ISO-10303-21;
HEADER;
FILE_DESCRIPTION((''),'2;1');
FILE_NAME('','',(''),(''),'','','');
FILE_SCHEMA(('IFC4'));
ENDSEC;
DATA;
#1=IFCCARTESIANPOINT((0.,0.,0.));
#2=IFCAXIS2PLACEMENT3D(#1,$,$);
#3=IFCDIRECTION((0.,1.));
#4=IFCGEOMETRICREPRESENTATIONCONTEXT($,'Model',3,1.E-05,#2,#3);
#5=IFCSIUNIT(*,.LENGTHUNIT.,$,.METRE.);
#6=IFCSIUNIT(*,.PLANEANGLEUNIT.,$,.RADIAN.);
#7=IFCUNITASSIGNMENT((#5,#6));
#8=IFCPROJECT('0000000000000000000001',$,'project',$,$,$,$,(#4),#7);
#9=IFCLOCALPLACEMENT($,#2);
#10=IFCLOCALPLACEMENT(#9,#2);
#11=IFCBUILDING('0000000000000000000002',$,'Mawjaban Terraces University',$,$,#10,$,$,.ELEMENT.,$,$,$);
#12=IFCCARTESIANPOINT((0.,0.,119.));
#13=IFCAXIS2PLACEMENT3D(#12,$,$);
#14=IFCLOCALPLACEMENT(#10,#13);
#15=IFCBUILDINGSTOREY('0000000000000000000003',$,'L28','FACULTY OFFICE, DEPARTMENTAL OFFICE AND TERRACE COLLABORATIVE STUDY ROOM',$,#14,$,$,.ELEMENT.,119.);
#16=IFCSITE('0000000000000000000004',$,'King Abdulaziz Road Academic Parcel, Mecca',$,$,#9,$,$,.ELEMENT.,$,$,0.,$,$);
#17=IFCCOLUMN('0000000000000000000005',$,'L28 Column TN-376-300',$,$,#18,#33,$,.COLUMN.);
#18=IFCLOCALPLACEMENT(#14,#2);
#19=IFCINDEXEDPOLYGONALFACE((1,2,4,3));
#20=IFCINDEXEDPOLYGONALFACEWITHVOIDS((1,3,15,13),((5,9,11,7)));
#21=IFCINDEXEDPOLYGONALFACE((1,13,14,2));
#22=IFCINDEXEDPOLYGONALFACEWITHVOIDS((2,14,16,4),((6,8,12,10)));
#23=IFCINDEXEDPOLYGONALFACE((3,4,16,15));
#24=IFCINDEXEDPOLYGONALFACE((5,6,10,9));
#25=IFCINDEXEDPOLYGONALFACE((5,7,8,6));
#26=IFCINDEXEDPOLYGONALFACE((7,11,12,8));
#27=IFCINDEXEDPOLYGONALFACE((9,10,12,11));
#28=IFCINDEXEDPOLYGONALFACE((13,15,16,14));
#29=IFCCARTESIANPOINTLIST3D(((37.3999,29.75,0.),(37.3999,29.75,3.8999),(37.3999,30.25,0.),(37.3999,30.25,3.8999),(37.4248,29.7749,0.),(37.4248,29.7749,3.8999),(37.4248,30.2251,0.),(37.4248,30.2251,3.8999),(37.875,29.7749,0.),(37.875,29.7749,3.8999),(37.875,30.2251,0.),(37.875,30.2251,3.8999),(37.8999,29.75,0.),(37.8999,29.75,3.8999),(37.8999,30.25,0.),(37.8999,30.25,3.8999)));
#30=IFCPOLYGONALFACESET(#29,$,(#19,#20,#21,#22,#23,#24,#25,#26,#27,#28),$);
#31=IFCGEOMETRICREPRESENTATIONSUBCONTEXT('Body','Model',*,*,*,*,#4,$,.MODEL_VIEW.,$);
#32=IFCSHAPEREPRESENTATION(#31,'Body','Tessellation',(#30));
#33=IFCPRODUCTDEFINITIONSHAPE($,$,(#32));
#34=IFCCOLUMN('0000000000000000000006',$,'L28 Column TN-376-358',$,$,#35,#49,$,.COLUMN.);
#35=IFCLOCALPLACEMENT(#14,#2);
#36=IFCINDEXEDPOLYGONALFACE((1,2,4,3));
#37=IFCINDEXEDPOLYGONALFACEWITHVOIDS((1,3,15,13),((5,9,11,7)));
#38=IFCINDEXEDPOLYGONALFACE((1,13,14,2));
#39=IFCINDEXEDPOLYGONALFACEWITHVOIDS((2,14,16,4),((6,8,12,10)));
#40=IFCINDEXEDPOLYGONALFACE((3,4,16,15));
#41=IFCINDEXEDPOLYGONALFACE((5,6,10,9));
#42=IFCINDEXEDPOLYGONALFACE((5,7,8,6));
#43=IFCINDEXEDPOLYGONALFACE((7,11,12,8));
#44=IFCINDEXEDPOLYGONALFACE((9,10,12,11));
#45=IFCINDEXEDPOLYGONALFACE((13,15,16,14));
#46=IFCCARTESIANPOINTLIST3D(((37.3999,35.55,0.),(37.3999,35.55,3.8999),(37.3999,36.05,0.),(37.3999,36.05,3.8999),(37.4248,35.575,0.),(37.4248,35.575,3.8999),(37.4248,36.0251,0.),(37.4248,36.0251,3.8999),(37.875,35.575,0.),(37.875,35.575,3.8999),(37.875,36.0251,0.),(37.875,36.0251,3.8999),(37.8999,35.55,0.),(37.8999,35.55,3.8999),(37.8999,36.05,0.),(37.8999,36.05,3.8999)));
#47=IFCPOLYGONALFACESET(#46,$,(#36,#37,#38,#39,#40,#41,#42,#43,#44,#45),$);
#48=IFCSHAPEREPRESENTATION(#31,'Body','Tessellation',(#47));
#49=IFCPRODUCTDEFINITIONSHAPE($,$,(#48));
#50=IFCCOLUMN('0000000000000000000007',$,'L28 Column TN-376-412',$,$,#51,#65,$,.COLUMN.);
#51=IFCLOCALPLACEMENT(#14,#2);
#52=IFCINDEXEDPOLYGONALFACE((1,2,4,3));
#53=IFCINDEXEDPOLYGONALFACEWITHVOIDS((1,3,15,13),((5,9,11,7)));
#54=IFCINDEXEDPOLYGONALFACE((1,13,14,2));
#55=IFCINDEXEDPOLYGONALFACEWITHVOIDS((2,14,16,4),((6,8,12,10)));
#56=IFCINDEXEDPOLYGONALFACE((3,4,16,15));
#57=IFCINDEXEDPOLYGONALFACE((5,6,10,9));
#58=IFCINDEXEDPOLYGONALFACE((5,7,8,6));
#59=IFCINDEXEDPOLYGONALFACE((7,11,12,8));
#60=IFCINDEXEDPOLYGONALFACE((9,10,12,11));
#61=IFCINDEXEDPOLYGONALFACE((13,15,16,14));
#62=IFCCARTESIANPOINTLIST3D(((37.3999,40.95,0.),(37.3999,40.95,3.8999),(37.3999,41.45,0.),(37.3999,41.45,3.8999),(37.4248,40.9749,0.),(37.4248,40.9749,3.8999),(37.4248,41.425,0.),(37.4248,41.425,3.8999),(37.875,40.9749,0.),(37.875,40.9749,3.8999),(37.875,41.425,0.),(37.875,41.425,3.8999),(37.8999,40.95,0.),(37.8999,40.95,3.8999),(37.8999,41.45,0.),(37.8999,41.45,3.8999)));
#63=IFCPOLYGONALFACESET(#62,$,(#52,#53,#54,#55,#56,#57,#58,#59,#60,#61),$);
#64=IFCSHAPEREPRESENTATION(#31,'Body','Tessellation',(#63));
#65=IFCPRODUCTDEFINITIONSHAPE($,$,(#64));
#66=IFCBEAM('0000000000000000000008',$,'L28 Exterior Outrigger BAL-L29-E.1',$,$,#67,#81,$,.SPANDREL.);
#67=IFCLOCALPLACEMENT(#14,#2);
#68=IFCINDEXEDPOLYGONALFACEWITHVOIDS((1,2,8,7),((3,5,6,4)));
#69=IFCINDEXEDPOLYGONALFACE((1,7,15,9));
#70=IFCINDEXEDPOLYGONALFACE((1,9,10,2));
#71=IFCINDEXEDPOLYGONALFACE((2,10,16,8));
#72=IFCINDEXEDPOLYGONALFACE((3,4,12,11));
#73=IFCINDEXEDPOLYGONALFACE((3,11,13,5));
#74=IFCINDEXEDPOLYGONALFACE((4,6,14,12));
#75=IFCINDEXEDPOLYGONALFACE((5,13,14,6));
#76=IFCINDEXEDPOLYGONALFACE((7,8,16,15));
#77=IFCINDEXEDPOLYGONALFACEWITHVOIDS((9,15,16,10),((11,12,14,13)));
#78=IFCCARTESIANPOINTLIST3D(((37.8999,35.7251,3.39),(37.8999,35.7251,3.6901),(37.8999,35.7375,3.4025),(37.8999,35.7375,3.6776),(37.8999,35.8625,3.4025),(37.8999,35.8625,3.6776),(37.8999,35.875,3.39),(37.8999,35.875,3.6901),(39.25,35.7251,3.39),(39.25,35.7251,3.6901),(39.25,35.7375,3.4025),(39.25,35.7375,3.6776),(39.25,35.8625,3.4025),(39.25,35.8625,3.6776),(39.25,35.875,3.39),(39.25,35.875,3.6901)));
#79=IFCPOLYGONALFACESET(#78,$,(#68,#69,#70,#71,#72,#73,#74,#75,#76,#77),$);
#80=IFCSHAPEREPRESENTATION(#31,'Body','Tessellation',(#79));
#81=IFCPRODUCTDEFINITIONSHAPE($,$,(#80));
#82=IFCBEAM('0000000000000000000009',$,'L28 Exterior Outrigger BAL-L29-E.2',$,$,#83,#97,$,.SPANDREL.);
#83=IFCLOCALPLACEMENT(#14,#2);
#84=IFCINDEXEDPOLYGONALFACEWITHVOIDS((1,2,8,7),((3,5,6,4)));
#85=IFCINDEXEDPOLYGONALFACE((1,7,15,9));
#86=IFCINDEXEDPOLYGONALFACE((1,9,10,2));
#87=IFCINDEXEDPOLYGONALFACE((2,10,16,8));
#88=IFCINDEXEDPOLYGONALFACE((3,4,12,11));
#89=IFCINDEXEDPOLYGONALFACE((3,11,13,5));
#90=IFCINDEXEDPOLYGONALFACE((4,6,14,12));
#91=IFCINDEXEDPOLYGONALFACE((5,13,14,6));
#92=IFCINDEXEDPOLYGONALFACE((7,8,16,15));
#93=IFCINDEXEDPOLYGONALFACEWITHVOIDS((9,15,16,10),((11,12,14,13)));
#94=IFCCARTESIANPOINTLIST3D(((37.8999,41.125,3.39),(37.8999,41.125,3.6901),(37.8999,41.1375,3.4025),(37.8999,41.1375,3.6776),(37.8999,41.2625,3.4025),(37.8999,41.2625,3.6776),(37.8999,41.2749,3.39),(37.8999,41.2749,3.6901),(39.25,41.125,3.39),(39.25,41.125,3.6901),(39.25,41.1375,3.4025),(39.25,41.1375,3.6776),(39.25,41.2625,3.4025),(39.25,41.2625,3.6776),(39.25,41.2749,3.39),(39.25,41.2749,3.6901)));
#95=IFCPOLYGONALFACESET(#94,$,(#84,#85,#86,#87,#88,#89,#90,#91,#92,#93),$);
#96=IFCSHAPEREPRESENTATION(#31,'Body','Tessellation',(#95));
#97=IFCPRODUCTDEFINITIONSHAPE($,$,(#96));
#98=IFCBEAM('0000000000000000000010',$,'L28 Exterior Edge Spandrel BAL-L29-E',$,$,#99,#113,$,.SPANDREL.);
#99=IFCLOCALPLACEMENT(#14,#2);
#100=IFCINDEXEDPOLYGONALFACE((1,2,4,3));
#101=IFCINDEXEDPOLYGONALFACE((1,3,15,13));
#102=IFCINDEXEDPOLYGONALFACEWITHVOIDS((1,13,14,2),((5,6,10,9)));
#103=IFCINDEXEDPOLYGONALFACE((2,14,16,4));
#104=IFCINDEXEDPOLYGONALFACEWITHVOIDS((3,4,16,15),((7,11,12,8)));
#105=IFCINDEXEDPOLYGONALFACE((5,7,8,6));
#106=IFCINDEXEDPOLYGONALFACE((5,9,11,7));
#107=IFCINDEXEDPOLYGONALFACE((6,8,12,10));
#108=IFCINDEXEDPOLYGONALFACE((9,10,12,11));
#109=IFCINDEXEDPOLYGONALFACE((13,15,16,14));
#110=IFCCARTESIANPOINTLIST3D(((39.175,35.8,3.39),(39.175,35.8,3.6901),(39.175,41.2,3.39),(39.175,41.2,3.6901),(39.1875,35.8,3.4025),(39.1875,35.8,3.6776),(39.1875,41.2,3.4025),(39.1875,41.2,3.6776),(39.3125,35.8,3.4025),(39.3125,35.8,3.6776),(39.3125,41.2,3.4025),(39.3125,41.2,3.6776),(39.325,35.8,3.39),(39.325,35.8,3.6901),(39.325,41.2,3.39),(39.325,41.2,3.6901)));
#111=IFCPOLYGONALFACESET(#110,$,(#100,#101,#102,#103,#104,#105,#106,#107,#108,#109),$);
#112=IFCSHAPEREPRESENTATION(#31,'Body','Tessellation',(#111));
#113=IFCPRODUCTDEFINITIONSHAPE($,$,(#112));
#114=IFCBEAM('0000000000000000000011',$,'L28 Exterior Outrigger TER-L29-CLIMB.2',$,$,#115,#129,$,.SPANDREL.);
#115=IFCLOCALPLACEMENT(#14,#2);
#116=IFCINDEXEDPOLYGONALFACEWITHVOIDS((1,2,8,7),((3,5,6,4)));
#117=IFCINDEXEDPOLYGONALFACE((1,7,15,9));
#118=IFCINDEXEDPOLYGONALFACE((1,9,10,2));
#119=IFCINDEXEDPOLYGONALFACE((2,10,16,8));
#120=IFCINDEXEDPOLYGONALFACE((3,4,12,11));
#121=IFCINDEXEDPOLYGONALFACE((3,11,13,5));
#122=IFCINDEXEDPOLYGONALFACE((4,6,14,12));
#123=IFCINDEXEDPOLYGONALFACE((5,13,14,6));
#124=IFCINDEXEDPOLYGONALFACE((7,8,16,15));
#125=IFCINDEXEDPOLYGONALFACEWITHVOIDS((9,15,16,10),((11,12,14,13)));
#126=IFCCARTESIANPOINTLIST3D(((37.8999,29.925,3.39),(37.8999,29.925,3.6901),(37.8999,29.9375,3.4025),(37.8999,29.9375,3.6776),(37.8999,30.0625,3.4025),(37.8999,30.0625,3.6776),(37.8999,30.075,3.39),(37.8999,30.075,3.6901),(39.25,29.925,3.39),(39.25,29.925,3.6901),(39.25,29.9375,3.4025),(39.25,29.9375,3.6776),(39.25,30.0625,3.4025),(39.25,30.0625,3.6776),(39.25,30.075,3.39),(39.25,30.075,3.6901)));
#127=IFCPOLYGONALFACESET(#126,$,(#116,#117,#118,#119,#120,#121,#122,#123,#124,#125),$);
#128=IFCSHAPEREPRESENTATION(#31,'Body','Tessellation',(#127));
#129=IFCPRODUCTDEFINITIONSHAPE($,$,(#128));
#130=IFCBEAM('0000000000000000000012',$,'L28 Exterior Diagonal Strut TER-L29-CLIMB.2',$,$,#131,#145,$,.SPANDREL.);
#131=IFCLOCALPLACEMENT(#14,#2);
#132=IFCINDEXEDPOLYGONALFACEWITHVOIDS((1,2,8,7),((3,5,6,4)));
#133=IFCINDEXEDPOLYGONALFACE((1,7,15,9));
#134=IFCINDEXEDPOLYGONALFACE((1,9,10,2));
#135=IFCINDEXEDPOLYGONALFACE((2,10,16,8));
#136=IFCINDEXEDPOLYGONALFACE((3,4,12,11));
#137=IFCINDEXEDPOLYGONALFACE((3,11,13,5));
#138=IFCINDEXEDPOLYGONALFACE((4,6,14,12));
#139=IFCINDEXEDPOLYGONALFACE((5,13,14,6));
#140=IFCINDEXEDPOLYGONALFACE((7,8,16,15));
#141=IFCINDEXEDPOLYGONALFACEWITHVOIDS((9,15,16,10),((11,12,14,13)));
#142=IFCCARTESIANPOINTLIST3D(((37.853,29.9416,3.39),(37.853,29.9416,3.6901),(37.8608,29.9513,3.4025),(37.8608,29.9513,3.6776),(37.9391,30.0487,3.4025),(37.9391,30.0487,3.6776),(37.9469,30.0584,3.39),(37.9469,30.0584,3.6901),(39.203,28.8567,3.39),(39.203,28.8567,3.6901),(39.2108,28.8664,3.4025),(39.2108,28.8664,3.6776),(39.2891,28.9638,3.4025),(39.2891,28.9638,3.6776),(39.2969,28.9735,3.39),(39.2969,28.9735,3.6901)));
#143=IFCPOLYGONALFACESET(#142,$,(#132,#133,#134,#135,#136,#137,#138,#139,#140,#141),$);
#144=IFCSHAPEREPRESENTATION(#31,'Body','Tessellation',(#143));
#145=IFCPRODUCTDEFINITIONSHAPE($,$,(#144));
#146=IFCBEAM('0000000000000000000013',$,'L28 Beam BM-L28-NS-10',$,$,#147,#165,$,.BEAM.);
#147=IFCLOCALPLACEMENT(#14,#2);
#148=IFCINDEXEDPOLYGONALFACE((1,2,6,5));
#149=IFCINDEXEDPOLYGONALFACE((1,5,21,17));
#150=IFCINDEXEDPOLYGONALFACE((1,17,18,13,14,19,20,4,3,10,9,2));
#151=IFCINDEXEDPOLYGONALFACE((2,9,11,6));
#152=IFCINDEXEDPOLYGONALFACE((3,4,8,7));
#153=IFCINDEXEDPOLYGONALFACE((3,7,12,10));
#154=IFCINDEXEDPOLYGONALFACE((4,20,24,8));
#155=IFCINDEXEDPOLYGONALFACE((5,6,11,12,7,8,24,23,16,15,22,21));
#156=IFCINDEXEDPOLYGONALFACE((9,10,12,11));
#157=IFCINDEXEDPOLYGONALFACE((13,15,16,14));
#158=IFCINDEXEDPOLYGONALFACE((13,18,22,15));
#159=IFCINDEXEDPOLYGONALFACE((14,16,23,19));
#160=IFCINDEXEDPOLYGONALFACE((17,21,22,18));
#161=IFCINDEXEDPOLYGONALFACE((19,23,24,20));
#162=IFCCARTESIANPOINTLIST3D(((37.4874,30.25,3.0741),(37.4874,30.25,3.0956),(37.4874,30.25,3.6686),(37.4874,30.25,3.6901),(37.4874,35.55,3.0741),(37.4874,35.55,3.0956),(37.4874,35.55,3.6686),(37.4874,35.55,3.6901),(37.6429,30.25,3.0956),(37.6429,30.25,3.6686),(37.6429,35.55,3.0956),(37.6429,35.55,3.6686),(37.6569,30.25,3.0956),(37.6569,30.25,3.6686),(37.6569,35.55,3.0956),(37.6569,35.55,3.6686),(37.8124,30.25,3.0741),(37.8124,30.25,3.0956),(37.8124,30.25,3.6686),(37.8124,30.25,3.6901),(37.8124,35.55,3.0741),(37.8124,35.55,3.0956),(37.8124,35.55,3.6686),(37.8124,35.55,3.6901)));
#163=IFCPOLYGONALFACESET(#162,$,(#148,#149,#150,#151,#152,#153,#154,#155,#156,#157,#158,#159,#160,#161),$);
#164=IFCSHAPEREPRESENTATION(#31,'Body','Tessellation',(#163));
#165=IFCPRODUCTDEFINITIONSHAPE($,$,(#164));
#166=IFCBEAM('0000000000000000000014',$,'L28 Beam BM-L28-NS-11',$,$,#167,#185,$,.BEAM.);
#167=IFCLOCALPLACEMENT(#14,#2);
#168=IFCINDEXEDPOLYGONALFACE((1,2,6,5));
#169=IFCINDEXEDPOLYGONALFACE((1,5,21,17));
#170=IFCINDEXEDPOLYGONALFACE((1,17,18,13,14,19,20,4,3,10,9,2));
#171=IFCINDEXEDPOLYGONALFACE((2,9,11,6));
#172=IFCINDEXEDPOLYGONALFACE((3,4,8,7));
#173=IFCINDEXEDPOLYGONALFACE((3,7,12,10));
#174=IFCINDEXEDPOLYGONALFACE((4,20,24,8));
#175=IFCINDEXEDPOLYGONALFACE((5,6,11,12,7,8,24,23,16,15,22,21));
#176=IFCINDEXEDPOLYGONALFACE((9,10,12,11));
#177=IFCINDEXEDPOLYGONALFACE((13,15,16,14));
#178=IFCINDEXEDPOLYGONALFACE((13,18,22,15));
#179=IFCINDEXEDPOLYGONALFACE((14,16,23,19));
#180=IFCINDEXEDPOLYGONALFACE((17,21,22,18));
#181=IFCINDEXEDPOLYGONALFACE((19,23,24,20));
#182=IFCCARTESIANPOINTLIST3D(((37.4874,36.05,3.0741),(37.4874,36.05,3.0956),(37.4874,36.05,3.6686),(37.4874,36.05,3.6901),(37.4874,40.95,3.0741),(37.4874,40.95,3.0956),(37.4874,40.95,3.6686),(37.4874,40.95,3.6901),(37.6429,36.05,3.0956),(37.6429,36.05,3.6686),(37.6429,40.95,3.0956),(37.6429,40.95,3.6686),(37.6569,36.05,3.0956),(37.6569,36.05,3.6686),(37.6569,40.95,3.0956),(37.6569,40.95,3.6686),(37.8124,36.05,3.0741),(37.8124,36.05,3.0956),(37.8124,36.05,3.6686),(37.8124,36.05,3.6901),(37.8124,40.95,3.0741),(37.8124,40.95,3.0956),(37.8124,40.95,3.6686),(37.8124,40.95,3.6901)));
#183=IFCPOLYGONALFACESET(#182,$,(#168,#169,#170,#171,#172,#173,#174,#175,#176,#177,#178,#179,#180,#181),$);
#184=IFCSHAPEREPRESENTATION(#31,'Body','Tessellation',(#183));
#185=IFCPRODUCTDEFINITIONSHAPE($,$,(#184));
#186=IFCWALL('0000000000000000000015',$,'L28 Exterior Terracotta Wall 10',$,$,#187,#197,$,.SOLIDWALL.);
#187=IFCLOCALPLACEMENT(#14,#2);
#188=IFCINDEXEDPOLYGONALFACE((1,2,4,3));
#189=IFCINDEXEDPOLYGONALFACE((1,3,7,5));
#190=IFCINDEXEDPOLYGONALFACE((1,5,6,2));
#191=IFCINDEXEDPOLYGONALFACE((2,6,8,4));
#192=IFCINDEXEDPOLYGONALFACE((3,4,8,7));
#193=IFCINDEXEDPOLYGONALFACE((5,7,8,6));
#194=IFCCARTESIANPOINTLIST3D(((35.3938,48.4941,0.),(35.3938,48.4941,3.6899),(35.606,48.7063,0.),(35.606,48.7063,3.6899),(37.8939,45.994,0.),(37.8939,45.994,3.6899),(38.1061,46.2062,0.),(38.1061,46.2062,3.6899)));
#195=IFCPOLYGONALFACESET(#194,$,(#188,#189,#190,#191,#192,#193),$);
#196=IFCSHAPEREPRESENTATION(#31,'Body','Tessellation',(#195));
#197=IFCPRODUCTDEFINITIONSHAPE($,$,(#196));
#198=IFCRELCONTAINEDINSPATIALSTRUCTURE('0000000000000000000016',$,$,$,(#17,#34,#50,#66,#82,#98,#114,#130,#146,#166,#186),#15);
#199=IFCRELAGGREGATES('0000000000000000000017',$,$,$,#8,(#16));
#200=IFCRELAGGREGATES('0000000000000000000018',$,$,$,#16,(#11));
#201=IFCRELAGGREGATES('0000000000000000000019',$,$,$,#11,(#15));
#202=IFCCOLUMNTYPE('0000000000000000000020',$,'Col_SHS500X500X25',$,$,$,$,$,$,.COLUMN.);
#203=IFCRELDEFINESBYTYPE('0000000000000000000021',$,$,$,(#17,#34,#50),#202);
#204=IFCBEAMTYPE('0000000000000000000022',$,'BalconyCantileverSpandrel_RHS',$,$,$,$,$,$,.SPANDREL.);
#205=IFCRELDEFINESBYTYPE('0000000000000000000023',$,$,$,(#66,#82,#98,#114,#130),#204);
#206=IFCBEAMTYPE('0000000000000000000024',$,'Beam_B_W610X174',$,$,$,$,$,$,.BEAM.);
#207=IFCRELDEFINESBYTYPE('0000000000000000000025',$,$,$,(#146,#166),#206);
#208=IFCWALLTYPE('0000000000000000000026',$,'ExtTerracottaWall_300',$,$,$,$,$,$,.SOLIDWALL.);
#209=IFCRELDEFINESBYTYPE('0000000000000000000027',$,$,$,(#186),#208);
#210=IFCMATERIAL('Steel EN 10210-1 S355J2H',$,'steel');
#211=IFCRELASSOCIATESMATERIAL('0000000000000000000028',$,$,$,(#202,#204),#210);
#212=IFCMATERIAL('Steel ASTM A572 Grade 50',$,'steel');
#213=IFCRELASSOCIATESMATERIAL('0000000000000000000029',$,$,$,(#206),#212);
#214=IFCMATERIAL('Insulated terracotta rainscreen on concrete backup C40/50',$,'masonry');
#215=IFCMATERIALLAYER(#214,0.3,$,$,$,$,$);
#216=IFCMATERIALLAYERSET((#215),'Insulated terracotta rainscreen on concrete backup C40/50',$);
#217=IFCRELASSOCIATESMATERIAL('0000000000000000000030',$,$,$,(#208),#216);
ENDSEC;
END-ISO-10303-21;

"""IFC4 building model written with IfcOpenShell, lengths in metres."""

from ifc_helpers import new_model, si_unit, direction, frame, frame_2d, origin, origin_2d, place, context, subcontext, project, spatial, rectangle, hollow_rectangle, i_section, extrude, material, layer, layer_set, material_profile, profile_set, type_object, element, save


model = new_model("IFC4")

# Units and contexts
model_context = context("Model", 3, precision=1e-05, world=origin(), true_north=direction((0.0, 1.0)))
body_context = subcontext(model_context, "Body", "Model", "MODEL_VIEW")
ifc_project = project(units=[si_unit("LENGTHUNIT", "METRE"), si_unit("PLANEANGLEUNIT", "RADIAN")], contexts=[model_context])

# Site, building, storey
site_placement = place(None, origin())
site = spatial("IfcSite", under=ifc_project, at=site_placement, Name="King Abdulaziz Road Academic Parcel, Mecca", CompositionType="ELEMENT", RefElevation=0.0)
building_placement = place(site_placement, origin())
building = spatial("IfcBuilding", under=site, at=building_placement, Name="Mawjaban Terraces University", CompositionType="ELEMENT")
storey_placement = place(building_placement, frame((0.0, 0.0, 119.0)))
storey = spatial("IfcBuildingStorey", under=building, at=storey_placement, Name="L28", Description="FACULTY OFFICE, DEPARTMENTAL OFFICE AND TERRACE COLLABORATIVE STUDY ROOM", CompositionType="ELEMENT", Elevation=119.0)

# Columns
ifc_material_1 = material(Name="Steel EN 10210-1 S355J2H", Category="steel")
ifc_material_profile_1 = material_profile(ifc_material_1, hollow_rectangle(XDim=0.5, YDim=0.5, WallThickness=0.0249, at=origin_2d()), Name="SHS500X500X25")
ifc_profile_set_1 = profile_set([ifc_material_profile_1], Name="Steel EN 10210-1 S355J2H")
column_type = type_object("IfcColumnType", Name="Col_SHS500X500X25", PredefinedType="COLUMN", material=ifc_profile_set_1)
for number, where, z_axis, x_axis, name in (
    (1, (37.6499, 30.0, 0.0), (0.0, 0.0, 1.0), (1.0, 0.0, 0.0), "L28 Column TN-376-300"),
    (2, (37.6499, 35.8, 0.0), (0.0, 0.0, 1.0), (1.0, 0.0, 0.0), "L28 Column TN-376-358"),
    (3, (37.6499, 41.2, 0.0), (0.0, 0.0, 1.0), (1.0, 0.0, 0.0), "L28 Column TN-376-412"),
):
    element("IfcColumn", number, at=place(storey_placement, frame(where, z_axis=z_axis, x_axis=x_axis)), inside=storey, type_object=column_type, Name=name, PredefinedType="COLUMN", context=body_context, shape_type="SweptSolid", body=[
        extrude(hollow_rectangle(XDim=0.5, YDim=0.5, WallThickness=0.0249, at=origin_2d()), origin(), (0.0, 0.0, 1.0), 3.8999),
    ])

# Beams
ifc_material_profile_2 = material_profile(ifc_material_1, hollow_rectangle(XDim=0.1499, YDim=0.3, WallThickness=0.0125, at=origin_2d()), Name="RHS300X150X12.5")
ifc_profile_set_2 = profile_set([ifc_material_profile_2], Name="Steel EN 10210-1 S355J2H")
beam_type_1 = type_object("IfcBeamType", Name="BalconyCantileverSpandrel_RHS", PredefinedType="SPANDREL", material=ifc_profile_set_2)
for number, where, z_axis, x_axis, name in (
    (4, (37.8999, 35.8, 3.54), (1.0, 0.0, 0.0), (0.0, 1.0, 0.0), "L28 Exterior Outrigger BAL-L29-E.1"),
    (5, (37.8999, 41.2, 3.54), (1.0, 0.0, 0.0), (0.0, 1.0, 0.0), "L28 Exterior Outrigger BAL-L29-E.2"),
):
    element("IfcBeam", number, at=place(storey_placement, frame(where, z_axis=z_axis, x_axis=x_axis)), inside=storey, type_object=beam_type_1, Name=name, PredefinedType="SPANDREL", context=body_context, shape_type="SweptSolid", body=[
        extrude(hollow_rectangle(XDim=0.1499, YDim=0.3, WallThickness=0.0125, at=origin_2d()), origin(), (0.0, 0.0, 1.0), 1.3501),
    ])
beam_1_placement = place(storey_placement, frame((39.25, 35.8, 3.54), z_axis=(0.0, 1.0, 0.0), x_axis=(-1.0, 0.0, 0.0)))
element("IfcBeam", 6, at=beam_1_placement, inside=storey, type_object=beam_type_1, Name="L28 Exterior Edge Spandrel BAL-L29-E", PredefinedType="SPANDREL", context=body_context, shape_type="SweptSolid", body=[
    extrude(hollow_rectangle(XDim=0.1499, YDim=0.3, WallThickness=0.0125, at=origin_2d()), origin(), (0.0, 0.0, 1.0), 5.3999),
])
beam_2_placement = place(storey_placement, frame((37.8999, 30.0, 3.54), z_axis=(1.0, 0.0, 0.0), x_axis=(0.0, 1.0, 0.0)))
element("IfcBeam", 7, at=beam_2_placement, inside=storey, type_object=beam_type_1, Name="L28 Exterior Outrigger TER-L29-CLIMB.2", PredefinedType="SPANDREL", context=body_context, shape_type="SweptSolid", body=[
    extrude(hollow_rectangle(XDim=0.1499, YDim=0.3, WallThickness=0.0125, at=origin_2d()), origin(), (0.0, 0.0, 1.0), 1.3501),
])
beam_3_placement = place(storey_placement, frame((37.8999, 30.0, 3.54), z_axis=(0.779492, -0.626413, 0.0), x_axis=(0.626413, 0.779492, 0.0)))
element("IfcBeam", 8, at=beam_3_placement, inside=storey, type_object=beam_type_1, Name="L28 Exterior Diagonal Strut TER-L29-CLIMB.2", PredefinedType="SPANDREL", context=body_context, shape_type="SweptSolid", body=[
    extrude(hollow_rectangle(XDim=0.1499, YDim=0.3, WallThickness=0.0125, at=origin_2d()), origin(), (0.0, 0.0, 1.0), 1.7319),
])
ifc_material_2 = material(Name="Steel ASTM A572 Grade 50", Category="steel")
ifc_material_profile_3 = material_profile(ifc_material_2, i_section(OverallWidth=0.325, OverallDepth=0.616, WebThickness=0.0139, FlangeThickness=0.0215, at=origin_2d()), Name="W610X174")
ifc_profile_set_3 = profile_set([ifc_material_profile_3], Name="Steel ASTM A572 Grade 50")
beam_type_2 = type_object("IfcBeamType", Name="Beam_B_W610X174", PredefinedType="BEAM", material=ifc_profile_set_3)
beam_4_placement = place(storey_placement, frame((37.6499, 30.25, 3.3821), z_axis=(0.0, 1.0, 0.0), x_axis=(-1.0, 0.0, 0.0)))
element("IfcBeam", 9, at=beam_4_placement, inside=storey, type_object=beam_type_2, Name="L28 Beam BM-L28-NS-10", PredefinedType="BEAM", context=body_context, shape_type="SweptSolid", body=[
    extrude(i_section(OverallWidth=0.325, OverallDepth=0.616, WebThickness=0.0139, FlangeThickness=0.0215, at=origin_2d()), origin(), (0.0, 0.0, 1.0), 5.3),
])
beam_5_placement = place(storey_placement, frame((37.6499, 36.05, 3.3821), z_axis=(0.0, 1.0, 0.0), x_axis=(-1.0, 0.0, 0.0)))
element("IfcBeam", 10, at=beam_5_placement, inside=storey, type_object=beam_type_2, Name="L28 Beam BM-L28-NS-11", PredefinedType="BEAM", context=body_context, shape_type="SweptSolid", body=[
    extrude(i_section(OverallWidth=0.325, OverallDepth=0.616, WebThickness=0.0139, FlangeThickness=0.0215, at=origin_2d()), origin(), (0.0, 0.0, 1.0), 4.8999),
])

# Wall
ifc_material_3 = material(Name="Insulated terracotta rainscreen on concrete backup C40/50", Category="masonry")
ifc_layer_1 = layer(ifc_material_3, 0.3)
ifc_layer_set_1 = layer_set([ifc_layer_1], Name="Insulated terracotta rainscreen on concrete backup C40/50")
wall_type = type_object("IfcWallType", Name="ExtTerracottaWall_300", PredefinedType="SOLIDWALL", material=ifc_layer_set_1)
wall_placement = place(storey_placement, frame((38.0, 46.1001, 0.0), z_axis=(0.0, 0.0, 1.0), x_axis=(-0.707107, 0.707107, 0.0)))
element("IfcWall", 11, at=wall_placement, inside=storey, type_object=wall_type, Name="L28 Exterior Terracotta Wall 10", PredefinedType="SOLIDWALL", context=body_context, shape_type="SweptSolid", body=[
    extrude(rectangle(XDim=3.5356, YDim=0.3, at=frame_2d((1.7678, 0.0))), origin(), (0.0, 0.0, 1.0), 3.6899),
])

save(model, "model.ifc")
